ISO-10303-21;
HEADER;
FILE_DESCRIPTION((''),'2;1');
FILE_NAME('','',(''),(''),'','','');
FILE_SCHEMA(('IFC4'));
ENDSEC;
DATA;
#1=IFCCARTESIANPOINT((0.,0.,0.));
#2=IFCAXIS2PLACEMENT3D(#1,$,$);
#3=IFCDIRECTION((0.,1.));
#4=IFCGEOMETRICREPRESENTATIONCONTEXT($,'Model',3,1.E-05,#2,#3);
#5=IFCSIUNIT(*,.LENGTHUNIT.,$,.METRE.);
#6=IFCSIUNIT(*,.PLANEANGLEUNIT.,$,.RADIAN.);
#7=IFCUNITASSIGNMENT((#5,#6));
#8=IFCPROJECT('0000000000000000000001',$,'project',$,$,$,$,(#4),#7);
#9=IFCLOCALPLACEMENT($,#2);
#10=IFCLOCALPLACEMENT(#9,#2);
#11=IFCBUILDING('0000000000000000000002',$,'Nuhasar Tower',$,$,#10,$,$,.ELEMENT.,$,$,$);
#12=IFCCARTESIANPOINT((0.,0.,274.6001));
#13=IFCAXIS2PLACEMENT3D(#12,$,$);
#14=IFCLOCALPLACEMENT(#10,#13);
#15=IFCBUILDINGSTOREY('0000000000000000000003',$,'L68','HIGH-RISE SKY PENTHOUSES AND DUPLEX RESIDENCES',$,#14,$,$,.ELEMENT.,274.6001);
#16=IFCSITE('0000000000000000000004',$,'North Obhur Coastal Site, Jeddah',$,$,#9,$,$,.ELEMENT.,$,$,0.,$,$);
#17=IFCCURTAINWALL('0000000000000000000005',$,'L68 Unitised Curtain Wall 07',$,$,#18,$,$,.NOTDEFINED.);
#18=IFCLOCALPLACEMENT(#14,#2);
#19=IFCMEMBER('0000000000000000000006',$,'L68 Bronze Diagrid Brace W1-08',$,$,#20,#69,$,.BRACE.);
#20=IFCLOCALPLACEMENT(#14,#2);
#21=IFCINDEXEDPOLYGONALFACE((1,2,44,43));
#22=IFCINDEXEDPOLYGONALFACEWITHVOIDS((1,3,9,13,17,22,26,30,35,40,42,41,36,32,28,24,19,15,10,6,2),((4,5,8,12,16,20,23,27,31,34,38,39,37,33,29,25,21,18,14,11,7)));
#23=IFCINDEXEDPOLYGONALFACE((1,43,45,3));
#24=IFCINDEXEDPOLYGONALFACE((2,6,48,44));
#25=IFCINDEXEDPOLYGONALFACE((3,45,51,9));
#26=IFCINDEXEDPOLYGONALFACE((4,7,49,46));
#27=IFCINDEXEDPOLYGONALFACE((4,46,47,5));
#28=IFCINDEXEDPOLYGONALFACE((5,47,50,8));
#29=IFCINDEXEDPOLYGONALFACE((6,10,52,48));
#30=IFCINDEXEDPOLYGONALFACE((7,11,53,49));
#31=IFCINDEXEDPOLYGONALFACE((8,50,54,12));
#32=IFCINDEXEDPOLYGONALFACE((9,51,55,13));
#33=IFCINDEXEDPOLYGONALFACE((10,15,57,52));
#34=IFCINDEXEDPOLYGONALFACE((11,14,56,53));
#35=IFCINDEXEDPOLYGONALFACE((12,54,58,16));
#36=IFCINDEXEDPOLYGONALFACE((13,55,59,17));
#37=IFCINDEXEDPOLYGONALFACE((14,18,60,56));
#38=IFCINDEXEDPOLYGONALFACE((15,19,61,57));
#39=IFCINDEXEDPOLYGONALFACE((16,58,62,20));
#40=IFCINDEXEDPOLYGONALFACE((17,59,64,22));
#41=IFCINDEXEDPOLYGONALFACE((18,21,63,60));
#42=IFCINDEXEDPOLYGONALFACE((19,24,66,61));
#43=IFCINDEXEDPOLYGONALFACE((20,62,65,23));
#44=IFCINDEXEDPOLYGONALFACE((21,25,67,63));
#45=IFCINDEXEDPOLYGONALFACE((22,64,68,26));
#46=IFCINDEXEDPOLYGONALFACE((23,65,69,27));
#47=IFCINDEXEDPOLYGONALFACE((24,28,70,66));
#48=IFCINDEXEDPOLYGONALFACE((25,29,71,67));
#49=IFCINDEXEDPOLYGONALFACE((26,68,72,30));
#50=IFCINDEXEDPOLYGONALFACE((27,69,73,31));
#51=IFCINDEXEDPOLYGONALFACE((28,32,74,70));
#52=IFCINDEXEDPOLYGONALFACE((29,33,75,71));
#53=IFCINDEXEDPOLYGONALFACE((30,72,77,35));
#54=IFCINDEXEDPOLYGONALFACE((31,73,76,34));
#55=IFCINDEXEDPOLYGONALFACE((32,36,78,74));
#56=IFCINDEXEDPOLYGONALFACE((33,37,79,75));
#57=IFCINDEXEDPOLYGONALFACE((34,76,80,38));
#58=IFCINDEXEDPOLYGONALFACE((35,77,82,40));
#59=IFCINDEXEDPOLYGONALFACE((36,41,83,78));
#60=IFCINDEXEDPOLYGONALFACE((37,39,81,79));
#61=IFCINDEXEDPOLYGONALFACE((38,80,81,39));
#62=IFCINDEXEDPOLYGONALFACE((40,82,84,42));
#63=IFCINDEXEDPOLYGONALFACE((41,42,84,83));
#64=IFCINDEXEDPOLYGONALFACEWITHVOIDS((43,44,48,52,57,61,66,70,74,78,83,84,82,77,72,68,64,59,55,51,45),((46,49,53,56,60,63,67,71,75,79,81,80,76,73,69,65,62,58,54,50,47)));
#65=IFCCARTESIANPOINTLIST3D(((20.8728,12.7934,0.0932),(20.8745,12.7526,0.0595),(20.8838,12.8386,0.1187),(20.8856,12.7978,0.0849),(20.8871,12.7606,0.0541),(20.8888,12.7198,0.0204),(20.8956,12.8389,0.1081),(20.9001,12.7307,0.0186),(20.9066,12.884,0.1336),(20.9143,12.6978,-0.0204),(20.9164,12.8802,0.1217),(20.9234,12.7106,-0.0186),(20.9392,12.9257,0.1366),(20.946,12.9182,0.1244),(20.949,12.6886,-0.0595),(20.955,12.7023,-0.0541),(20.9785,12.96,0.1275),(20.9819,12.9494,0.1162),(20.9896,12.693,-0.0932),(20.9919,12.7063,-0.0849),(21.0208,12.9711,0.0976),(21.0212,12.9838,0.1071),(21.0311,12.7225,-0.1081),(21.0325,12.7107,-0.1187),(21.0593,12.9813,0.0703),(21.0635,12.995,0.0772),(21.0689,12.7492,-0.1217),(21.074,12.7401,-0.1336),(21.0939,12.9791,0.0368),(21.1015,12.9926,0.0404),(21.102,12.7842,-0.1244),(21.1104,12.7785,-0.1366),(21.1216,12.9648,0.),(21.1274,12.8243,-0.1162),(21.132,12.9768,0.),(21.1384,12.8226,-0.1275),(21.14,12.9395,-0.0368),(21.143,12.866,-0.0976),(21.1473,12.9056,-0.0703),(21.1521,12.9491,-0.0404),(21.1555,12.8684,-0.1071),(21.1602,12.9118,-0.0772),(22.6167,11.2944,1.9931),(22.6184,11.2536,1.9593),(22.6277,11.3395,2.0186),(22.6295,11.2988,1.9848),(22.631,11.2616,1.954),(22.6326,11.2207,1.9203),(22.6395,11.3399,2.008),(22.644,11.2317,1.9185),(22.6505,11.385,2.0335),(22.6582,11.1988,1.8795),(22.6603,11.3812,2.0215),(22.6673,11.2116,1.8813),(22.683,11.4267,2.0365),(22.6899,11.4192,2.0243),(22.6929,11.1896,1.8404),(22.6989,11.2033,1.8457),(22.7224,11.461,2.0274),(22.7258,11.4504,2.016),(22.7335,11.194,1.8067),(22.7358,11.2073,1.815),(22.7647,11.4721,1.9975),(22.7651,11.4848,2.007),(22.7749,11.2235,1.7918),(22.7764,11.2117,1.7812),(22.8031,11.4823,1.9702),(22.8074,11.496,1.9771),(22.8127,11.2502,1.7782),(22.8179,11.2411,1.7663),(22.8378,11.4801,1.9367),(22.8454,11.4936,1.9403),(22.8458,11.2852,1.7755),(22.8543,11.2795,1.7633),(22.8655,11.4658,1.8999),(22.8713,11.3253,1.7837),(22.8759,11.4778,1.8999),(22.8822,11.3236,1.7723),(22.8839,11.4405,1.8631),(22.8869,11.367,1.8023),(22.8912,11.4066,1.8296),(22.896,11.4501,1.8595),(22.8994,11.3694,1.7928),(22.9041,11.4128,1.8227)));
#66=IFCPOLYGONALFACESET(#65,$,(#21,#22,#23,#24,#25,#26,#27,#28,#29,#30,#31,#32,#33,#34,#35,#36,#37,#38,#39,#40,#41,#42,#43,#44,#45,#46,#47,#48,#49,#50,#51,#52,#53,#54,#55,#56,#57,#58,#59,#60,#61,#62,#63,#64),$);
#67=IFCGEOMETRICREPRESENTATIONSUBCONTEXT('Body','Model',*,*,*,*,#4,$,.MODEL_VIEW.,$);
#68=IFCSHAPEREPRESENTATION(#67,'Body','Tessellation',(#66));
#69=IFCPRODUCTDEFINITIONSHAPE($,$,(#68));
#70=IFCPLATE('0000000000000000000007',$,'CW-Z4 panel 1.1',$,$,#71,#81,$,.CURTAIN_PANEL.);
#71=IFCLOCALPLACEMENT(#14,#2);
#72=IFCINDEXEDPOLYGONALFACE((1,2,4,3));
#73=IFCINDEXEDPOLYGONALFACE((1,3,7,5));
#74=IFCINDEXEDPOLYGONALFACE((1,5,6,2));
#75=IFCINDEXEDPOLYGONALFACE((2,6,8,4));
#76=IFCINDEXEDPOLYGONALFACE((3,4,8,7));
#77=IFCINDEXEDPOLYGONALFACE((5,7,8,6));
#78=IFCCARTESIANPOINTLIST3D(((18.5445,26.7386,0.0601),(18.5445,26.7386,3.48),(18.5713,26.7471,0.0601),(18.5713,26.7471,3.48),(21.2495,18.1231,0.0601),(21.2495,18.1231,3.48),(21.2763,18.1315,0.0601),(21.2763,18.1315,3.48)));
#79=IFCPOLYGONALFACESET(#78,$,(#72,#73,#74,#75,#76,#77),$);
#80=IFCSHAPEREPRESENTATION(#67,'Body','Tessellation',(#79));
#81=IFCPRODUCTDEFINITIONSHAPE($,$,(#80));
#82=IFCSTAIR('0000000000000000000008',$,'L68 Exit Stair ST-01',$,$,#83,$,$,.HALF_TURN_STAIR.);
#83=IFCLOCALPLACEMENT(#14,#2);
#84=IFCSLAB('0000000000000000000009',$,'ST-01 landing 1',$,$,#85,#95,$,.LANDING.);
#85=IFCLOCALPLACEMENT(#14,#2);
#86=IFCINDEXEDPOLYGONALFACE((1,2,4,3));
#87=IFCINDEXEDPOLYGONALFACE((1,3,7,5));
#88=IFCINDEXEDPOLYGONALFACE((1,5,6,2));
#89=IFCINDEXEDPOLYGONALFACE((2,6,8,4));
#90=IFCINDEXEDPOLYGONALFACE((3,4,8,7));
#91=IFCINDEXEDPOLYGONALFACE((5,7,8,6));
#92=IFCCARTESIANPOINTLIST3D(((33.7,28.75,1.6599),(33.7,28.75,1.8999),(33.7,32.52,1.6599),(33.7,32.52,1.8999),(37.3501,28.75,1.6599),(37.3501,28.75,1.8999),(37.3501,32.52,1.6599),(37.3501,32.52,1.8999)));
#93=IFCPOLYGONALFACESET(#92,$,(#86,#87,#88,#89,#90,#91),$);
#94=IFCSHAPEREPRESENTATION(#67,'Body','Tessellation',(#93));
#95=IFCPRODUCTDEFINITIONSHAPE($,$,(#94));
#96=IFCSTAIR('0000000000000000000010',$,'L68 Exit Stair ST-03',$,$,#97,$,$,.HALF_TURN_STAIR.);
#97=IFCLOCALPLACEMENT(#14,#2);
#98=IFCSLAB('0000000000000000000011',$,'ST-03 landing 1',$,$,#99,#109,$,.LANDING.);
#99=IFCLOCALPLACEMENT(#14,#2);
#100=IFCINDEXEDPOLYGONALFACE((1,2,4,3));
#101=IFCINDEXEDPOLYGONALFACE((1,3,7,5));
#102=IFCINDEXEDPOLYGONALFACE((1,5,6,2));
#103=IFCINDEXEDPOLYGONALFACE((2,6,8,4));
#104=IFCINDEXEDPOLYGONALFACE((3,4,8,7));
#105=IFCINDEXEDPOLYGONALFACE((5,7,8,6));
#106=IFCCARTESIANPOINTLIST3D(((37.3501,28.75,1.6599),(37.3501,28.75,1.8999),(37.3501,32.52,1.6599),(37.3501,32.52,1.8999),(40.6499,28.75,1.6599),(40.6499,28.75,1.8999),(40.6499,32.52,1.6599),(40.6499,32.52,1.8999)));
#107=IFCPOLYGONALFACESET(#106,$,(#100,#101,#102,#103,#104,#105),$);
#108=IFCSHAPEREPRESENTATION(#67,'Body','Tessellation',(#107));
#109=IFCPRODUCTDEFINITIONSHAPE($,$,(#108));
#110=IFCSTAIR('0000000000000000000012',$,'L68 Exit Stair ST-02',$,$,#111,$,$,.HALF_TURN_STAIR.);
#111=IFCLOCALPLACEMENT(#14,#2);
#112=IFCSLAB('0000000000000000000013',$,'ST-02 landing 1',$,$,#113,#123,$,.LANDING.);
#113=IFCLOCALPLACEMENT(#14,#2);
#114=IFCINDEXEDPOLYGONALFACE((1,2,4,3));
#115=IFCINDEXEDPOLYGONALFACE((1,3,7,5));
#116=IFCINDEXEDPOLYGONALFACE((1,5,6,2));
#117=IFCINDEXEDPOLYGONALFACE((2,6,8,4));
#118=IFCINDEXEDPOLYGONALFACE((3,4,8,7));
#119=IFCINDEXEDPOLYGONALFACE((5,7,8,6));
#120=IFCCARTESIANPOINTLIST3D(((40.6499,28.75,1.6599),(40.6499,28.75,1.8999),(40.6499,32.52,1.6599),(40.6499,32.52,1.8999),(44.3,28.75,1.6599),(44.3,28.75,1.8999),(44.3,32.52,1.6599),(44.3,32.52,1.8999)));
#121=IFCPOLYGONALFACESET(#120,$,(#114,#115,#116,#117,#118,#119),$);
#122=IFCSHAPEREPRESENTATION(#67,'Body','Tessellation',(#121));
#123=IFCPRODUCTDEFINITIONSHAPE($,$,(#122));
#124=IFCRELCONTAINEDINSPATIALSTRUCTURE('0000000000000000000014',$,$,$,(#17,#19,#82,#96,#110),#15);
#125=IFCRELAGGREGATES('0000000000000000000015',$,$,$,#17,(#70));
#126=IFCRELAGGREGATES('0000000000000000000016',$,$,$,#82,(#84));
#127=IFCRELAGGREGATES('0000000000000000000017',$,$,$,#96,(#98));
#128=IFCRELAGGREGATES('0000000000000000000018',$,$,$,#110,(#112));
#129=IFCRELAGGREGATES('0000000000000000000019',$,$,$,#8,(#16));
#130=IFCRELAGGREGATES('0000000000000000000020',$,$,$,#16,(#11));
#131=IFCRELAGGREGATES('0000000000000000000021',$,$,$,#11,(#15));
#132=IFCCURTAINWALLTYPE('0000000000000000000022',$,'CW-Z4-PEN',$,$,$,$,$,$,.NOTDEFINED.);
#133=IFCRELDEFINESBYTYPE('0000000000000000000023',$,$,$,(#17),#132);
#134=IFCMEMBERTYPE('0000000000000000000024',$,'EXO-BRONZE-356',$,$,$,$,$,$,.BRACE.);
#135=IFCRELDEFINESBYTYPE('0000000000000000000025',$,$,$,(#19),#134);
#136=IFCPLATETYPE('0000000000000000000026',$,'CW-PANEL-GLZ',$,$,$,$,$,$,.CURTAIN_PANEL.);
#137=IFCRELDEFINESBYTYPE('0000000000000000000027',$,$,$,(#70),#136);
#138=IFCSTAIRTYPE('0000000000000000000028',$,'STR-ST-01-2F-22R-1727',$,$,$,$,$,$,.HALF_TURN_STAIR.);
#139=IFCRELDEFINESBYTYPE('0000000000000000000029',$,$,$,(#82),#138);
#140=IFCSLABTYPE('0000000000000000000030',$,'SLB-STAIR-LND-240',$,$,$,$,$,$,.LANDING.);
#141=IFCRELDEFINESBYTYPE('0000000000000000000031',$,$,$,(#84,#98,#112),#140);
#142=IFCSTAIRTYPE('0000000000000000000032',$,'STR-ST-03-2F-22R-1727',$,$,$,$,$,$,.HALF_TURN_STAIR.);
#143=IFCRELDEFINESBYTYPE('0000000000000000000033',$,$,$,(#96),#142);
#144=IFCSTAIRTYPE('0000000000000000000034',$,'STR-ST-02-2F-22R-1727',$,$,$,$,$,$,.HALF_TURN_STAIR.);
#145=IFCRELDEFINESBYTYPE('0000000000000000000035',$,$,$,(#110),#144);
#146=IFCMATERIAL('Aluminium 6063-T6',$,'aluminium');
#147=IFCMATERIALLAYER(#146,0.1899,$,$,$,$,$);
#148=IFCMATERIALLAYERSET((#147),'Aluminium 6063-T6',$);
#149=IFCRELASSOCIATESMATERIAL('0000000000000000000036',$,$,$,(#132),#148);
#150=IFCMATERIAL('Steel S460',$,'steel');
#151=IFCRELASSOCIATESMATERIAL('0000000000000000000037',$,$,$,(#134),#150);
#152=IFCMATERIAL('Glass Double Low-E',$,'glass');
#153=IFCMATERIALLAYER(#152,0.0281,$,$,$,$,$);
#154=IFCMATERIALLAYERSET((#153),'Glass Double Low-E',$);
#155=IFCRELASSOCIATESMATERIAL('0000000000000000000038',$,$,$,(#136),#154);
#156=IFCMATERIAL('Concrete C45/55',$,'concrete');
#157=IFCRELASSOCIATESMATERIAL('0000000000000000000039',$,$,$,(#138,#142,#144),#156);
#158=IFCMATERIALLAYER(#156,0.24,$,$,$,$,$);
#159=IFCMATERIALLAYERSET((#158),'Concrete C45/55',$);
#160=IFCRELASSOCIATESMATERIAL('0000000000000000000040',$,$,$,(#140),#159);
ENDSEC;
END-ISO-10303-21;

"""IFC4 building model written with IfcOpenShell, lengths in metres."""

from ifc_helpers import new_model, si_unit, direction, frame, origin, origin_2d, place, context, subcontext, project, spatial, polyline, rectangle, hollow_circle, outline, extrude, material, layer, layer_set, material_profile, profile_set, type_object, element, aggregate, save


model = new_model("IFC4")

# Units and contexts
model_context = context("Model", 3, precision=1e-05, world=origin(), true_north=direction((0.0, 1.0)))
body_context = subcontext(model_context, "Body", "Model", "MODEL_VIEW")
ifc_project = project(units=[si_unit("LENGTHUNIT", "METRE"), si_unit("PLANEANGLEUNIT", "RADIAN")], contexts=[model_context])

# Site, building, storey
site_placement = place(None, origin())
site = spatial("IfcSite", under=ifc_project, at=site_placement, Name="North Obhur Coastal Site, Jeddah", CompositionType="ELEMENT", RefElevation=0.0)
building_placement = place(site_placement, origin())
building = spatial("IfcBuilding", under=site, at=building_placement, Name="Nuhasar Tower", CompositionType="ELEMENT")
storey_placement = place(building_placement, frame((0.0, 0.0, 274.6001)))
storey = spatial("IfcBuildingStorey", under=building, at=storey_placement, Name="L68", Description="HIGH-RISE SKY PENTHOUSES AND DUPLEX RESIDENCES", CompositionType="ELEMENT", Elevation=274.6001)

# Curtain wall
ifc_material_1 = material(Name="Aluminium 6063-T6", Category="aluminium")
ifc_layer_1 = layer(ifc_material_1, 0.1899)
ifc_layer_set_1 = layer_set([ifc_layer_1], Name="Aluminium 6063-T6")
curtain_wall_type = type_object("IfcCurtainWallType", Name="CW-Z4-PEN", PredefinedType="NOTDEFINED", material=ifc_layer_set_1)
curtain_wall_1_placement = place(storey_placement, origin())
curtain_wall_1 = element("IfcCurtainWall", 1, at=curtain_wall_1_placement, inside=storey, type_object=curtain_wall_type, Name="L68 Unitised Curtain Wall 07", PredefinedType="NOTDEFINED")

# Member
ifc_material_2 = material(Name="Steel S460", Category="steel")
ifc_material_profile_1 = material_profile(ifc_material_2, hollow_circle(Radius=0.1777, WallThickness=0.0159, at=origin_2d()), Name="HSS355.6X15.9")
ifc_profile_set_1 = profile_set([ifc_material_profile_1], Name="Steel S460")
member_type_1 = type_object("IfcMemberType", Name="EXO-BRONZE-356", PredefinedType="BRACE", material=ifc_profile_set_1)
member_1_placement = place(storey_placement, frame((21.0161, 12.842, 0.0), z_axis=(0.584625, -0.502534, 0.636925), x_axis=(0.651857, 0.758342, 0.0)))
element("IfcMember", 2, at=member_1_placement, inside=storey, type_object=member_type_1, Name="L68 Bronze Diagrid Brace W1-08", PredefinedType="BRACE", context=body_context, shape_type="SweptSolid", body=[
    extrude(hollow_circle(Radius=0.1777, WallThickness=0.0159, at=origin_2d()), origin(), (0.0, 0.0, 1.0), 2.9829),
])

# Plate
ifc_material_3 = material(Name="Glass Double Low-E", Category="glass")
ifc_layer_2 = layer(ifc_material_3, 0.0281)
ifc_layer_set_2 = layer_set([ifc_layer_2], Name="Glass Double Low-E")
plate_type = type_object("IfcPlateType", Name="CW-PANEL-GLZ", PredefinedType="CURTAIN_PANEL", material=ifc_layer_set_2)
plate_placement = place(storey_placement, frame((19.9104, 22.4351, 0.0601), z_axis=(0.0, 0.0, 1.0), x_axis=(0.299557, -0.954079, 0.0)))
plate = element("IfcPlate", 3, at=plate_placement, type_object=plate_type, Name="CW-Z4 panel 1.1", PredefinedType="CURTAIN_PANEL", context=body_context, shape_type="SweptSolid", body=[
    extrude(rectangle(XDim=9.0303, YDim=0.0281, at=origin_2d()), origin(), (0.0, 0.0, 1.0), 3.4199),
])
aggregate(curtain_wall_1, [plate])

# Stairs, slabs
ifc_material_4 = material(Name="Concrete C45/55", Category="concrete")
stair_type_1 = type_object("IfcStairType", Name="STR-ST-01-2F-22R-1727", PredefinedType="HALF_TURN_STAIR", material=ifc_material_4)
stair_1_placement = place(storey_placement, origin())
stair_1 = element("IfcStair", 4, at=stair_1_placement, inside=storey, type_object=stair_type_1, Name="L68 Exit Stair ST-01", PredefinedType="HALF_TURN_STAIR")
ifc_layer_3 = layer(ifc_material_4, 0.24)
ifc_layer_set_3 = layer_set([ifc_layer_3], Name="Concrete C45/55")
slab_type_1 = type_object("IfcSlabType", Name="SLB-STAIR-LND-240", PredefinedType="LANDING", material=ifc_layer_set_3)
slab_1_placement = place(storey_placement, frame((0.0, 0.0, 1.6599)))
slab_1 = element("IfcSlab", 5, at=slab_1_placement, type_object=slab_type_1, Name="ST-01 landing 1", PredefinedType="LANDING", context=body_context, shape_type="SweptSolid", body=[
    extrude(outline(polyline([(33.7, 28.75), (37.3501, 28.75), (37.3501, 32.52), (33.7, 32.52), (33.7, 28.75)])), origin(), (0.0, 0.0, 1.0), 0.24),
])
aggregate(stair_1, [slab_1])
stair_type_2 = type_object("IfcStairType", Name="STR-ST-03-2F-22R-1727", PredefinedType="HALF_TURN_STAIR", material=ifc_material_4)
stair_2_placement = place(storey_placement, origin())
stair_2 = element("IfcStair", 6, at=stair_2_placement, inside=storey, type_object=stair_type_2, Name="L68 Exit Stair ST-03", PredefinedType="HALF_TURN_STAIR")
slab_2_placement = place(storey_placement, frame((0.0, 0.0, 1.6599)))
slab_2 = element("IfcSlab", 7, at=slab_2_placement, type_object=slab_type_1, Name="ST-03 landing 1", PredefinedType="LANDING", context=body_context, shape_type="SweptSolid", body=[
    extrude(outline(polyline([(37.3501, 28.75), (40.6499, 28.75), (40.6499, 32.52), (37.3501, 32.52), (37.3501, 28.75)])), origin(), (0.0, 0.0, 1.0), 0.24),
])
aggregate(stair_2, [slab_2])
stair_type_3 = type_object("IfcStairType", Name="STR-ST-02-2F-22R-1727", PredefinedType="HALF_TURN_STAIR", material=ifc_material_4)
stair_3_placement = place(storey_placement, origin())
stair_3 = element("IfcStair", 8, at=stair_3_placement, inside=storey, type_object=stair_type_3, Name="L68 Exit Stair ST-02", PredefinedType="HALF_TURN_STAIR")
slab_3_placement = place(storey_placement, frame((0.0, 0.0, 1.6599)))
slab_3 = element("IfcSlab", 9, at=slab_3_placement, type_object=slab_type_1, Name="ST-02 landing 1", PredefinedType="LANDING", context=body_context, shape_type="SweptSolid", body=[
    extrude(outline(polyline([(40.6499, 28.75), (44.3, 28.75), (44.3, 32.52), (40.6499, 32.52), (40.6499, 28.75)])), origin(), (0.0, 0.0, 1.0), 0.24),
])
aggregate(stair_3, [slab_3])

save(model, "model.ifc")
